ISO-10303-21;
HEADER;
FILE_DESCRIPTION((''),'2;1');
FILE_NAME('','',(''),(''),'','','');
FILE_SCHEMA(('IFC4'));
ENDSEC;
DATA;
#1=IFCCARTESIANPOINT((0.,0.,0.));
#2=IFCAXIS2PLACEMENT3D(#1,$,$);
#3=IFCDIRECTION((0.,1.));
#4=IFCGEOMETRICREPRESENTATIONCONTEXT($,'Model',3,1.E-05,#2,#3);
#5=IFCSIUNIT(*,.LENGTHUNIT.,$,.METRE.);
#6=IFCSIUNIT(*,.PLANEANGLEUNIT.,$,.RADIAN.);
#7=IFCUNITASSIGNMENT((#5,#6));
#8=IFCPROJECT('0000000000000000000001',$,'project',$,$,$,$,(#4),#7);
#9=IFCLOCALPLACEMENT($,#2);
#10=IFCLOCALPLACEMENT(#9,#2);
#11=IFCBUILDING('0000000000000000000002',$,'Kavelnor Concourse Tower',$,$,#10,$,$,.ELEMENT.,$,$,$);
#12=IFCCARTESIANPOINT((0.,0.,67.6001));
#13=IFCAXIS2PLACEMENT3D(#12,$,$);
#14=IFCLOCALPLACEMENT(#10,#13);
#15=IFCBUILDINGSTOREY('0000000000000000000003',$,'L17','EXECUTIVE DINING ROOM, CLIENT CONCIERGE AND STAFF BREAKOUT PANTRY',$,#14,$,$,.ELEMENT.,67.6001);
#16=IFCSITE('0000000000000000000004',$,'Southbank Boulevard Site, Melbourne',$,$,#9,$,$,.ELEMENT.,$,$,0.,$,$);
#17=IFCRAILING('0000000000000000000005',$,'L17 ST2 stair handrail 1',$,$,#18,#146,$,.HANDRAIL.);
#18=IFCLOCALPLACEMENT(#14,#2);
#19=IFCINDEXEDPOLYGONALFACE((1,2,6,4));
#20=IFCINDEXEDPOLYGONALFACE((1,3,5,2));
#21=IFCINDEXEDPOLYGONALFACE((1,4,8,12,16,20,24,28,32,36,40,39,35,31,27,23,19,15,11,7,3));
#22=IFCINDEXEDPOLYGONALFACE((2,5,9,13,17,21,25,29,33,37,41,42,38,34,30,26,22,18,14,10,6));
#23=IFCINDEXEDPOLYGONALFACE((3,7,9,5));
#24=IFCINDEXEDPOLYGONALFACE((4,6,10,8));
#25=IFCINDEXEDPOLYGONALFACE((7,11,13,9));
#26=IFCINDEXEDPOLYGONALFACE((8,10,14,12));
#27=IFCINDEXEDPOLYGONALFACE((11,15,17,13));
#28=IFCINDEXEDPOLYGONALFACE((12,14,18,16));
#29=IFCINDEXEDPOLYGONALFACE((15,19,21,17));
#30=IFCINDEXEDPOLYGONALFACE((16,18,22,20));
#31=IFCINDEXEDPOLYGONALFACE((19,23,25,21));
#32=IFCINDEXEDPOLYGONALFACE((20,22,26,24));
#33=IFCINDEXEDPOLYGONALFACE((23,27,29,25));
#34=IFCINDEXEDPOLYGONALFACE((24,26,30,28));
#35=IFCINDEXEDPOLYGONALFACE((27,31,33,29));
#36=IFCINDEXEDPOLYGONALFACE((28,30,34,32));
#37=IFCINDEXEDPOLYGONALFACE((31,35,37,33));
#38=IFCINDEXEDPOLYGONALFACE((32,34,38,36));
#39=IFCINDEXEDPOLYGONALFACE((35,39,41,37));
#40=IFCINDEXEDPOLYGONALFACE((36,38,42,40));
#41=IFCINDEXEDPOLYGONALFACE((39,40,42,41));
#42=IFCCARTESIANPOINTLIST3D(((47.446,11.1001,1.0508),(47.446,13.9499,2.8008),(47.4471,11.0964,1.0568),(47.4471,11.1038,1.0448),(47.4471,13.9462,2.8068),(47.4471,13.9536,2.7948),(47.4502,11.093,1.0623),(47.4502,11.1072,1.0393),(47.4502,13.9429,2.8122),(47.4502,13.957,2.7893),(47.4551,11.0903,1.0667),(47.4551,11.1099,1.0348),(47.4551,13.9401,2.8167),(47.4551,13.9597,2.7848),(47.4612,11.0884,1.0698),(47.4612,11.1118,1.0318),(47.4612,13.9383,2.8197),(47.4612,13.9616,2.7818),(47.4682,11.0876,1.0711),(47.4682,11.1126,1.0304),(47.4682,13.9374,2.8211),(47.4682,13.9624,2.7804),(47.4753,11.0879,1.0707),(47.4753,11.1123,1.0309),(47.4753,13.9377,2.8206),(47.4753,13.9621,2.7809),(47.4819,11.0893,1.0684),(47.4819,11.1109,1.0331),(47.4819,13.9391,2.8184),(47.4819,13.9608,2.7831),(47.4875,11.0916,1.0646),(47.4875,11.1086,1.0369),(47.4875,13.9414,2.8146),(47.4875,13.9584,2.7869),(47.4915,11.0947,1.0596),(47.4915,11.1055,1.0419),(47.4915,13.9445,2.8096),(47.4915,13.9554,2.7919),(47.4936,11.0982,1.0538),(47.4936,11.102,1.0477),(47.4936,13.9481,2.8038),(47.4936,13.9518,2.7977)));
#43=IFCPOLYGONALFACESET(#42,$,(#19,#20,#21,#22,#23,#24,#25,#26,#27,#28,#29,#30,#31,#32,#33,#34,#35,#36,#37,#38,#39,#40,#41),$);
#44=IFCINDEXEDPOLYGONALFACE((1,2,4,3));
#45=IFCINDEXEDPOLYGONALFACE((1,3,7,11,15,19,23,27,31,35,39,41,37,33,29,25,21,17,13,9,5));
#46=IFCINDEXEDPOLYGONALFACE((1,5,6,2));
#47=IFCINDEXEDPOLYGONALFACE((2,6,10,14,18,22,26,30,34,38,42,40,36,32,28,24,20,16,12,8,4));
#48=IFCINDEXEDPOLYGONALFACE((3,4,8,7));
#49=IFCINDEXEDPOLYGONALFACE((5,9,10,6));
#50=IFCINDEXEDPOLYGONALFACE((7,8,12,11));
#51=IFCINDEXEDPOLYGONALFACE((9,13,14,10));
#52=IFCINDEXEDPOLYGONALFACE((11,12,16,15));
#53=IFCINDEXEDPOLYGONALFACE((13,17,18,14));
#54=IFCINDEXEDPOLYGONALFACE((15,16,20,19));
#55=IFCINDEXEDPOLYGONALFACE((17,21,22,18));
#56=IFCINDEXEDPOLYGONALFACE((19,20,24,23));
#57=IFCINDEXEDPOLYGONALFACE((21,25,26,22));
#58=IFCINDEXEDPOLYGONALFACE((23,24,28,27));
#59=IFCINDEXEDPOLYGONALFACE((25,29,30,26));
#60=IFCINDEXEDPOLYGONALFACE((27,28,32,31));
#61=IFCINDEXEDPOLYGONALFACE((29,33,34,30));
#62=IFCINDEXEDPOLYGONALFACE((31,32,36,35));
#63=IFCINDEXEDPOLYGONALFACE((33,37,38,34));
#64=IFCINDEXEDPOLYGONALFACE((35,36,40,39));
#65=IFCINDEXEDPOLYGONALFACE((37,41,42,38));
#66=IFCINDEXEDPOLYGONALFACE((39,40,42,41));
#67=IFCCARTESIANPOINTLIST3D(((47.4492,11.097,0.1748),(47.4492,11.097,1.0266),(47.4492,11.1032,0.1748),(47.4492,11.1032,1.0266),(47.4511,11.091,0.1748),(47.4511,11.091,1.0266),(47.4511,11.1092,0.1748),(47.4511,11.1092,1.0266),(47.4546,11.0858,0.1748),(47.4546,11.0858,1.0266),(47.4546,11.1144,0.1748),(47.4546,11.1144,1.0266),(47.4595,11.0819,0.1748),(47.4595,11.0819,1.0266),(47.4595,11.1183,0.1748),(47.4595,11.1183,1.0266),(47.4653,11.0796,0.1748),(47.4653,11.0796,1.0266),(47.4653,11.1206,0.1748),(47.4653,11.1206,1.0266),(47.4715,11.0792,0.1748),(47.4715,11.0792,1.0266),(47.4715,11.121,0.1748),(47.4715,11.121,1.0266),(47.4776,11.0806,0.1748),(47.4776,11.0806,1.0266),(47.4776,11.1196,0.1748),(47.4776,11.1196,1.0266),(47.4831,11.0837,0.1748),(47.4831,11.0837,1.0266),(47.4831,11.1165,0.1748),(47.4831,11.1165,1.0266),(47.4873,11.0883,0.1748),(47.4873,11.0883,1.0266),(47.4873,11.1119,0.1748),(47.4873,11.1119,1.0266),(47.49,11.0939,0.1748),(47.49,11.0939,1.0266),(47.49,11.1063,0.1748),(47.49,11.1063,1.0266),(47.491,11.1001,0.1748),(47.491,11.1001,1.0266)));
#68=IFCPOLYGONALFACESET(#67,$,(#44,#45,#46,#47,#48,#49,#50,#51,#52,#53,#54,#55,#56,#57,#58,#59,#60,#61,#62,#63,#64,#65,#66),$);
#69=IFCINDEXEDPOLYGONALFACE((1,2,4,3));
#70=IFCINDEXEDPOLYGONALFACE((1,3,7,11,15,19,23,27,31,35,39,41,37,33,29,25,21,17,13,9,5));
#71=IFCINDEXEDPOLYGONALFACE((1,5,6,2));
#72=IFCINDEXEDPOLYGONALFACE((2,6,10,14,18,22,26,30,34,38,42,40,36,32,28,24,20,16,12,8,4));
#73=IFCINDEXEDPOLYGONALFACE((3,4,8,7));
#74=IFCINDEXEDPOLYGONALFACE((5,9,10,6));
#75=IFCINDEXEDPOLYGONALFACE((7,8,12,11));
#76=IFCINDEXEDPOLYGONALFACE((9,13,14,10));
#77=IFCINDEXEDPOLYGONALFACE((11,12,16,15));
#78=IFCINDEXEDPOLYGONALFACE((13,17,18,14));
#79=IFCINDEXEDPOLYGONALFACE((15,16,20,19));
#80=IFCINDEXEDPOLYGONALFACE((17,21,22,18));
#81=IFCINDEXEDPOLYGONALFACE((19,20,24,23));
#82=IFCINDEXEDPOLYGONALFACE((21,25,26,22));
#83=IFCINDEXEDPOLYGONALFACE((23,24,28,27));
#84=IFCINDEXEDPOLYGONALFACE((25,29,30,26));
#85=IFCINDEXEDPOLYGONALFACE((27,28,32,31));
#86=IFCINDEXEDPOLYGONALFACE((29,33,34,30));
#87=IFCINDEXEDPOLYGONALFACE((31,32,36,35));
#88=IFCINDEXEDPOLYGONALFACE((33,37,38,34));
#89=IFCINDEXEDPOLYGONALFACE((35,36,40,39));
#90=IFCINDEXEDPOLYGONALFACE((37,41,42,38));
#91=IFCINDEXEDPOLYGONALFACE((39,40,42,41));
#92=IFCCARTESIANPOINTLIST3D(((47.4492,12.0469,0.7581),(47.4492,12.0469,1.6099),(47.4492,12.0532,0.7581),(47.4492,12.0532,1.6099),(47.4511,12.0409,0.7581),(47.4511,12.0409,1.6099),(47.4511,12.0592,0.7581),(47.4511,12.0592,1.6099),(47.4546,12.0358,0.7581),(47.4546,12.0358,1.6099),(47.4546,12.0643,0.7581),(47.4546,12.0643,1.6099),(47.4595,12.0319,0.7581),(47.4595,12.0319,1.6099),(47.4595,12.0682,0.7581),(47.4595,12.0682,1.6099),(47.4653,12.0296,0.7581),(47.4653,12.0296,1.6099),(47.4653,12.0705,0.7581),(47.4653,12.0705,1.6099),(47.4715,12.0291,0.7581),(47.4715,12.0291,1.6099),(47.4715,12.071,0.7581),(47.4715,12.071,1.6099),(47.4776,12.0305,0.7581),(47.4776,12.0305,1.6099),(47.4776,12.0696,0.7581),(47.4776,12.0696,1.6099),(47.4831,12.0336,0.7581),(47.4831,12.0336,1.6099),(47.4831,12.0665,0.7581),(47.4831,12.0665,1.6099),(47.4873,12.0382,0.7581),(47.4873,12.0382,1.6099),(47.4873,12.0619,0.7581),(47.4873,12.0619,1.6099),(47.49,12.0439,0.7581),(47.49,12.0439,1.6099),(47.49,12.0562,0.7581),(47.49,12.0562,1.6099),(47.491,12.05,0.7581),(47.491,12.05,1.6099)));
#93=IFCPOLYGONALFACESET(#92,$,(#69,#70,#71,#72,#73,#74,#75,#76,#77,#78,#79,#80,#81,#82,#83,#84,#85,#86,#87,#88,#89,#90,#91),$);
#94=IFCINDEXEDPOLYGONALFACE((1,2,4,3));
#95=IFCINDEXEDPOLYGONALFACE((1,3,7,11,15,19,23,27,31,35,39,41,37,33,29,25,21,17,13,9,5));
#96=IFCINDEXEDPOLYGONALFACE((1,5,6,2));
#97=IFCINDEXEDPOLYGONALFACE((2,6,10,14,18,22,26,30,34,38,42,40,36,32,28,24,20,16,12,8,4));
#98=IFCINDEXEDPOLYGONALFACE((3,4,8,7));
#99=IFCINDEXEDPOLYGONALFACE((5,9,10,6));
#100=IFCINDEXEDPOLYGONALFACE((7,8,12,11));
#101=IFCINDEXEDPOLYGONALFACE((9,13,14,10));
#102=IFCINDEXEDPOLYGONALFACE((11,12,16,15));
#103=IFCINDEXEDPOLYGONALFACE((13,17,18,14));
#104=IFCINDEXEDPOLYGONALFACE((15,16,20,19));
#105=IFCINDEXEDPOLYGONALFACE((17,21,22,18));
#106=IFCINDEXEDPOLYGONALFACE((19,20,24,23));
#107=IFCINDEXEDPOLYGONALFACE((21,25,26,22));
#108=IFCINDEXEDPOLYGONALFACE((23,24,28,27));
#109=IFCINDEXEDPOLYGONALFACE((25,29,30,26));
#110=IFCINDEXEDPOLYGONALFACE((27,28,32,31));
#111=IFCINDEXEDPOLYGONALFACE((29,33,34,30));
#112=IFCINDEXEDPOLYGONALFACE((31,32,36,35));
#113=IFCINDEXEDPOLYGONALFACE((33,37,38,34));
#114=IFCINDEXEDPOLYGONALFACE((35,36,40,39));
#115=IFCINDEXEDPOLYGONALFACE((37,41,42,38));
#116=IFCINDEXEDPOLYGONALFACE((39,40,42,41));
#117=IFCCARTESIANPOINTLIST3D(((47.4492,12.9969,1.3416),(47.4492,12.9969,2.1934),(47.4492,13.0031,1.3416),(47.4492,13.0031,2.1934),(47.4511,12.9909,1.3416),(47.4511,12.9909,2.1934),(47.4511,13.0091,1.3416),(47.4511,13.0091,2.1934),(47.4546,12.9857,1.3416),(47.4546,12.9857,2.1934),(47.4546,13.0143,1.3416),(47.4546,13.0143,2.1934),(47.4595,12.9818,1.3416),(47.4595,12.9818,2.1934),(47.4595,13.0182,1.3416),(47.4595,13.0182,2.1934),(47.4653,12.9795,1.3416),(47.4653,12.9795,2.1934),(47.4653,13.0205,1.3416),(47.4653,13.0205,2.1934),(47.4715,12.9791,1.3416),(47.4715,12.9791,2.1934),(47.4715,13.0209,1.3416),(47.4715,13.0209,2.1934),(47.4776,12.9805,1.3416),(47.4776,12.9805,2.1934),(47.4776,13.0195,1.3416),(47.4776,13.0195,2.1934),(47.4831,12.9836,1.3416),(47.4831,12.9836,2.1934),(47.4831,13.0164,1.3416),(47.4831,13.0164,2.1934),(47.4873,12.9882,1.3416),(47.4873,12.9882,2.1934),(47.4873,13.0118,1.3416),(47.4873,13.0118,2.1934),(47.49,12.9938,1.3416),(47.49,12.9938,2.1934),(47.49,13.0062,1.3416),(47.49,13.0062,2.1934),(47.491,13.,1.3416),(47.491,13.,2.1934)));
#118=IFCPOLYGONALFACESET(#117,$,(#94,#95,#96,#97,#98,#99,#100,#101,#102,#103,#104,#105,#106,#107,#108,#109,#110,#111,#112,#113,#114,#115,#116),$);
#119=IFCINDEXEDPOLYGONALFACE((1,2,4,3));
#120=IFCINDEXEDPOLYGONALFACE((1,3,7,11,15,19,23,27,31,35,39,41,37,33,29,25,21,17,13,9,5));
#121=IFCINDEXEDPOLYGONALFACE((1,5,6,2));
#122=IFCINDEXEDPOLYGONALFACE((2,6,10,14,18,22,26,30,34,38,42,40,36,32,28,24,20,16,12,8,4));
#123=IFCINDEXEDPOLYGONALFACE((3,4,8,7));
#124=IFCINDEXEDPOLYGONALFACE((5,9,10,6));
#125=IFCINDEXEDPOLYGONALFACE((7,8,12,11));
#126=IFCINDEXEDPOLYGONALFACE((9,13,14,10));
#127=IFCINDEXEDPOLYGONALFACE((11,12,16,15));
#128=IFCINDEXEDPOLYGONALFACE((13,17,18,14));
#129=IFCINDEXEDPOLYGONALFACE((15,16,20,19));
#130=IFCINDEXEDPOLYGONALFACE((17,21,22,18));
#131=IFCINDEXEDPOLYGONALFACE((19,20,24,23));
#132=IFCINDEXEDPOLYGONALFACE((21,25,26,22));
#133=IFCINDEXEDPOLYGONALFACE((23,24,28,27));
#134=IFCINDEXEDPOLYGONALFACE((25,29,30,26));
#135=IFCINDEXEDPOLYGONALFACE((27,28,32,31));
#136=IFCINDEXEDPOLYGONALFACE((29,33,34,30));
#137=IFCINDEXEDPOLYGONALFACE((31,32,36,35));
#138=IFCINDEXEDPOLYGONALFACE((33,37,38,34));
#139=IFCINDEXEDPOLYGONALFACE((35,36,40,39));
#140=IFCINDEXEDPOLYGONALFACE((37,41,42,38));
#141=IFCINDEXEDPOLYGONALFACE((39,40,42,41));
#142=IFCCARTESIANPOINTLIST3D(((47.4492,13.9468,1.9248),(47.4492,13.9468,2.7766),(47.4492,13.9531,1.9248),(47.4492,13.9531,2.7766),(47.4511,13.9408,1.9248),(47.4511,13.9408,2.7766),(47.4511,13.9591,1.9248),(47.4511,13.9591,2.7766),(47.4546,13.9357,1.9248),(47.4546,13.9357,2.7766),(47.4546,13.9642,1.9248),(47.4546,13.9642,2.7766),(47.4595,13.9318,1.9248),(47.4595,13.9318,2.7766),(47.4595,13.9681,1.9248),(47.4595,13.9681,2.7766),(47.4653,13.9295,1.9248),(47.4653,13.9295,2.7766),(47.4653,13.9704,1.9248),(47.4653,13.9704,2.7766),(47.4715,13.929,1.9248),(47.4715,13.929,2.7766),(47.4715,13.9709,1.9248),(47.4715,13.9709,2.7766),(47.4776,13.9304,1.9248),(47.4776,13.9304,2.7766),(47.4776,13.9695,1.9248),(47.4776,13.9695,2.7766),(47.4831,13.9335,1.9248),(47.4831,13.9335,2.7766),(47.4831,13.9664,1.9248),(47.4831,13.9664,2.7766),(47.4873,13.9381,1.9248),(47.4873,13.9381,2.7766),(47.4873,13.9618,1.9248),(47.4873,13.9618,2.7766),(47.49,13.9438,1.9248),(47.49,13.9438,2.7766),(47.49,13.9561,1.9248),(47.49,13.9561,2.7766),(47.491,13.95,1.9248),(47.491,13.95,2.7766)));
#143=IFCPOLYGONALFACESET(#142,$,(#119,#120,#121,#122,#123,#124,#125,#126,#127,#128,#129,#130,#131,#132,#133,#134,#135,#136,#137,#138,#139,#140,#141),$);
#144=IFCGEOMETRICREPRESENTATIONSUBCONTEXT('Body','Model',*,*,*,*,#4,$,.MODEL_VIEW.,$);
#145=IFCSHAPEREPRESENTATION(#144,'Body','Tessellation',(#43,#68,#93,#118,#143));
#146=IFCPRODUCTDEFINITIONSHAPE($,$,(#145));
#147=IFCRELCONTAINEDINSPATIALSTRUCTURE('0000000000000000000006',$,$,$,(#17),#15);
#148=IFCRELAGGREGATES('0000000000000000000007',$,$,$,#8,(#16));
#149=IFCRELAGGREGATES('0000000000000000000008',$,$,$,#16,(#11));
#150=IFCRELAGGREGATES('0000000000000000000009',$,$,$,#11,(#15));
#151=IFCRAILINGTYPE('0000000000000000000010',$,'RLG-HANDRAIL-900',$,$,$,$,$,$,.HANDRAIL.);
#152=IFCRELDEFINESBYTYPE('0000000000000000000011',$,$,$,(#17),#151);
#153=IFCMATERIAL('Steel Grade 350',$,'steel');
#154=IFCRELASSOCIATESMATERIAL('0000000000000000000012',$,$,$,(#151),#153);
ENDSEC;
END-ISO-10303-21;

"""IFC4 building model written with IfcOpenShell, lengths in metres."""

from ifc_helpers import new_model, si_unit, direction, frame, origin, origin_2d, place, context, subcontext, project, spatial, circle, extrude, material, type_object, element, save


model = new_model("IFC4")

# Units and contexts
model_context = context("Model", 3, precision=1e-05, world=origin(), true_north=direction((0.0, 1.0)))
body_context = subcontext(model_context, "Body", "Model", "MODEL_VIEW")
ifc_project = project(units=[si_unit("LENGTHUNIT", "METRE"), si_unit("PLANEANGLEUNIT", "RADIAN")], contexts=[model_context])

# Site, building, storey
site_placement = place(None, origin())
site = spatial("IfcSite", under=ifc_project, at=site_placement, Name="Southbank Boulevard Site, Melbourne", CompositionType="ELEMENT", RefElevation=0.0)
building_placement = place(site_placement, origin())
building = spatial("IfcBuilding", under=site, at=building_placement, Name="Kavelnor Concourse Tower", CompositionType="ELEMENT")
storey_placement = place(building_placement, frame((0.0, 0.0, 67.6001)))
storey = spatial("IfcBuildingStorey", under=building, at=storey_placement, Name="L17", Description="EXECUTIVE DINING ROOM, CLIENT CONCIERGE AND STAFF BREAKOUT PANTRY", CompositionType="ELEMENT", Elevation=67.6001)

# Shared definitions
ifc_material_1 = material(Name="Steel Grade 350", Category="steel")

# Railing
railing_type_1 = type_object("IfcRailingType", Name="RLG-HANDRAIL-900", PredefinedType="HANDRAIL", material=ifc_material_1)
railing_1_placement = place(storey_placement, frame((47.47, 11.1001, 0.1748)))
element("IfcRailing", 1, at=railing_1_placement, inside=storey, type_object=railing_type_1, Name="L17 ST2 stair handrail 1", PredefinedType="HANDRAIL", context=body_context, shape_type="SweptSolid", body=[
    extrude(circle(Radius=0.0239, at=origin_2d()), frame((0.0, 0.0, 0.876), z_axis=(0.0, 0.852159, 0.523283), x_axis=(-1.0, 0.0, 0.0)), (0.0, 0.0, 1.0), 3.3442),
    extrude(circle(Radius=0.021, at=origin_2d()), origin(), (0.0, 0.0, 1.0), 0.8518),
    extrude(circle(Radius=0.021, at=origin_2d()), frame((0.0, 0.95, 0.5833)), (0.0, 0.0, 1.0), 0.8518),
    extrude(circle(Radius=0.021, at=origin_2d()), frame((0.0, 1.8999, 1.1667)), (0.0, 0.0, 1.0), 0.8518),
    extrude(circle(Radius=0.021, at=origin_2d()), frame((0.0, 2.8499, 1.75)), (0.0, 0.0, 1.0), 0.8518),
])

save(model, "model.ifc")
